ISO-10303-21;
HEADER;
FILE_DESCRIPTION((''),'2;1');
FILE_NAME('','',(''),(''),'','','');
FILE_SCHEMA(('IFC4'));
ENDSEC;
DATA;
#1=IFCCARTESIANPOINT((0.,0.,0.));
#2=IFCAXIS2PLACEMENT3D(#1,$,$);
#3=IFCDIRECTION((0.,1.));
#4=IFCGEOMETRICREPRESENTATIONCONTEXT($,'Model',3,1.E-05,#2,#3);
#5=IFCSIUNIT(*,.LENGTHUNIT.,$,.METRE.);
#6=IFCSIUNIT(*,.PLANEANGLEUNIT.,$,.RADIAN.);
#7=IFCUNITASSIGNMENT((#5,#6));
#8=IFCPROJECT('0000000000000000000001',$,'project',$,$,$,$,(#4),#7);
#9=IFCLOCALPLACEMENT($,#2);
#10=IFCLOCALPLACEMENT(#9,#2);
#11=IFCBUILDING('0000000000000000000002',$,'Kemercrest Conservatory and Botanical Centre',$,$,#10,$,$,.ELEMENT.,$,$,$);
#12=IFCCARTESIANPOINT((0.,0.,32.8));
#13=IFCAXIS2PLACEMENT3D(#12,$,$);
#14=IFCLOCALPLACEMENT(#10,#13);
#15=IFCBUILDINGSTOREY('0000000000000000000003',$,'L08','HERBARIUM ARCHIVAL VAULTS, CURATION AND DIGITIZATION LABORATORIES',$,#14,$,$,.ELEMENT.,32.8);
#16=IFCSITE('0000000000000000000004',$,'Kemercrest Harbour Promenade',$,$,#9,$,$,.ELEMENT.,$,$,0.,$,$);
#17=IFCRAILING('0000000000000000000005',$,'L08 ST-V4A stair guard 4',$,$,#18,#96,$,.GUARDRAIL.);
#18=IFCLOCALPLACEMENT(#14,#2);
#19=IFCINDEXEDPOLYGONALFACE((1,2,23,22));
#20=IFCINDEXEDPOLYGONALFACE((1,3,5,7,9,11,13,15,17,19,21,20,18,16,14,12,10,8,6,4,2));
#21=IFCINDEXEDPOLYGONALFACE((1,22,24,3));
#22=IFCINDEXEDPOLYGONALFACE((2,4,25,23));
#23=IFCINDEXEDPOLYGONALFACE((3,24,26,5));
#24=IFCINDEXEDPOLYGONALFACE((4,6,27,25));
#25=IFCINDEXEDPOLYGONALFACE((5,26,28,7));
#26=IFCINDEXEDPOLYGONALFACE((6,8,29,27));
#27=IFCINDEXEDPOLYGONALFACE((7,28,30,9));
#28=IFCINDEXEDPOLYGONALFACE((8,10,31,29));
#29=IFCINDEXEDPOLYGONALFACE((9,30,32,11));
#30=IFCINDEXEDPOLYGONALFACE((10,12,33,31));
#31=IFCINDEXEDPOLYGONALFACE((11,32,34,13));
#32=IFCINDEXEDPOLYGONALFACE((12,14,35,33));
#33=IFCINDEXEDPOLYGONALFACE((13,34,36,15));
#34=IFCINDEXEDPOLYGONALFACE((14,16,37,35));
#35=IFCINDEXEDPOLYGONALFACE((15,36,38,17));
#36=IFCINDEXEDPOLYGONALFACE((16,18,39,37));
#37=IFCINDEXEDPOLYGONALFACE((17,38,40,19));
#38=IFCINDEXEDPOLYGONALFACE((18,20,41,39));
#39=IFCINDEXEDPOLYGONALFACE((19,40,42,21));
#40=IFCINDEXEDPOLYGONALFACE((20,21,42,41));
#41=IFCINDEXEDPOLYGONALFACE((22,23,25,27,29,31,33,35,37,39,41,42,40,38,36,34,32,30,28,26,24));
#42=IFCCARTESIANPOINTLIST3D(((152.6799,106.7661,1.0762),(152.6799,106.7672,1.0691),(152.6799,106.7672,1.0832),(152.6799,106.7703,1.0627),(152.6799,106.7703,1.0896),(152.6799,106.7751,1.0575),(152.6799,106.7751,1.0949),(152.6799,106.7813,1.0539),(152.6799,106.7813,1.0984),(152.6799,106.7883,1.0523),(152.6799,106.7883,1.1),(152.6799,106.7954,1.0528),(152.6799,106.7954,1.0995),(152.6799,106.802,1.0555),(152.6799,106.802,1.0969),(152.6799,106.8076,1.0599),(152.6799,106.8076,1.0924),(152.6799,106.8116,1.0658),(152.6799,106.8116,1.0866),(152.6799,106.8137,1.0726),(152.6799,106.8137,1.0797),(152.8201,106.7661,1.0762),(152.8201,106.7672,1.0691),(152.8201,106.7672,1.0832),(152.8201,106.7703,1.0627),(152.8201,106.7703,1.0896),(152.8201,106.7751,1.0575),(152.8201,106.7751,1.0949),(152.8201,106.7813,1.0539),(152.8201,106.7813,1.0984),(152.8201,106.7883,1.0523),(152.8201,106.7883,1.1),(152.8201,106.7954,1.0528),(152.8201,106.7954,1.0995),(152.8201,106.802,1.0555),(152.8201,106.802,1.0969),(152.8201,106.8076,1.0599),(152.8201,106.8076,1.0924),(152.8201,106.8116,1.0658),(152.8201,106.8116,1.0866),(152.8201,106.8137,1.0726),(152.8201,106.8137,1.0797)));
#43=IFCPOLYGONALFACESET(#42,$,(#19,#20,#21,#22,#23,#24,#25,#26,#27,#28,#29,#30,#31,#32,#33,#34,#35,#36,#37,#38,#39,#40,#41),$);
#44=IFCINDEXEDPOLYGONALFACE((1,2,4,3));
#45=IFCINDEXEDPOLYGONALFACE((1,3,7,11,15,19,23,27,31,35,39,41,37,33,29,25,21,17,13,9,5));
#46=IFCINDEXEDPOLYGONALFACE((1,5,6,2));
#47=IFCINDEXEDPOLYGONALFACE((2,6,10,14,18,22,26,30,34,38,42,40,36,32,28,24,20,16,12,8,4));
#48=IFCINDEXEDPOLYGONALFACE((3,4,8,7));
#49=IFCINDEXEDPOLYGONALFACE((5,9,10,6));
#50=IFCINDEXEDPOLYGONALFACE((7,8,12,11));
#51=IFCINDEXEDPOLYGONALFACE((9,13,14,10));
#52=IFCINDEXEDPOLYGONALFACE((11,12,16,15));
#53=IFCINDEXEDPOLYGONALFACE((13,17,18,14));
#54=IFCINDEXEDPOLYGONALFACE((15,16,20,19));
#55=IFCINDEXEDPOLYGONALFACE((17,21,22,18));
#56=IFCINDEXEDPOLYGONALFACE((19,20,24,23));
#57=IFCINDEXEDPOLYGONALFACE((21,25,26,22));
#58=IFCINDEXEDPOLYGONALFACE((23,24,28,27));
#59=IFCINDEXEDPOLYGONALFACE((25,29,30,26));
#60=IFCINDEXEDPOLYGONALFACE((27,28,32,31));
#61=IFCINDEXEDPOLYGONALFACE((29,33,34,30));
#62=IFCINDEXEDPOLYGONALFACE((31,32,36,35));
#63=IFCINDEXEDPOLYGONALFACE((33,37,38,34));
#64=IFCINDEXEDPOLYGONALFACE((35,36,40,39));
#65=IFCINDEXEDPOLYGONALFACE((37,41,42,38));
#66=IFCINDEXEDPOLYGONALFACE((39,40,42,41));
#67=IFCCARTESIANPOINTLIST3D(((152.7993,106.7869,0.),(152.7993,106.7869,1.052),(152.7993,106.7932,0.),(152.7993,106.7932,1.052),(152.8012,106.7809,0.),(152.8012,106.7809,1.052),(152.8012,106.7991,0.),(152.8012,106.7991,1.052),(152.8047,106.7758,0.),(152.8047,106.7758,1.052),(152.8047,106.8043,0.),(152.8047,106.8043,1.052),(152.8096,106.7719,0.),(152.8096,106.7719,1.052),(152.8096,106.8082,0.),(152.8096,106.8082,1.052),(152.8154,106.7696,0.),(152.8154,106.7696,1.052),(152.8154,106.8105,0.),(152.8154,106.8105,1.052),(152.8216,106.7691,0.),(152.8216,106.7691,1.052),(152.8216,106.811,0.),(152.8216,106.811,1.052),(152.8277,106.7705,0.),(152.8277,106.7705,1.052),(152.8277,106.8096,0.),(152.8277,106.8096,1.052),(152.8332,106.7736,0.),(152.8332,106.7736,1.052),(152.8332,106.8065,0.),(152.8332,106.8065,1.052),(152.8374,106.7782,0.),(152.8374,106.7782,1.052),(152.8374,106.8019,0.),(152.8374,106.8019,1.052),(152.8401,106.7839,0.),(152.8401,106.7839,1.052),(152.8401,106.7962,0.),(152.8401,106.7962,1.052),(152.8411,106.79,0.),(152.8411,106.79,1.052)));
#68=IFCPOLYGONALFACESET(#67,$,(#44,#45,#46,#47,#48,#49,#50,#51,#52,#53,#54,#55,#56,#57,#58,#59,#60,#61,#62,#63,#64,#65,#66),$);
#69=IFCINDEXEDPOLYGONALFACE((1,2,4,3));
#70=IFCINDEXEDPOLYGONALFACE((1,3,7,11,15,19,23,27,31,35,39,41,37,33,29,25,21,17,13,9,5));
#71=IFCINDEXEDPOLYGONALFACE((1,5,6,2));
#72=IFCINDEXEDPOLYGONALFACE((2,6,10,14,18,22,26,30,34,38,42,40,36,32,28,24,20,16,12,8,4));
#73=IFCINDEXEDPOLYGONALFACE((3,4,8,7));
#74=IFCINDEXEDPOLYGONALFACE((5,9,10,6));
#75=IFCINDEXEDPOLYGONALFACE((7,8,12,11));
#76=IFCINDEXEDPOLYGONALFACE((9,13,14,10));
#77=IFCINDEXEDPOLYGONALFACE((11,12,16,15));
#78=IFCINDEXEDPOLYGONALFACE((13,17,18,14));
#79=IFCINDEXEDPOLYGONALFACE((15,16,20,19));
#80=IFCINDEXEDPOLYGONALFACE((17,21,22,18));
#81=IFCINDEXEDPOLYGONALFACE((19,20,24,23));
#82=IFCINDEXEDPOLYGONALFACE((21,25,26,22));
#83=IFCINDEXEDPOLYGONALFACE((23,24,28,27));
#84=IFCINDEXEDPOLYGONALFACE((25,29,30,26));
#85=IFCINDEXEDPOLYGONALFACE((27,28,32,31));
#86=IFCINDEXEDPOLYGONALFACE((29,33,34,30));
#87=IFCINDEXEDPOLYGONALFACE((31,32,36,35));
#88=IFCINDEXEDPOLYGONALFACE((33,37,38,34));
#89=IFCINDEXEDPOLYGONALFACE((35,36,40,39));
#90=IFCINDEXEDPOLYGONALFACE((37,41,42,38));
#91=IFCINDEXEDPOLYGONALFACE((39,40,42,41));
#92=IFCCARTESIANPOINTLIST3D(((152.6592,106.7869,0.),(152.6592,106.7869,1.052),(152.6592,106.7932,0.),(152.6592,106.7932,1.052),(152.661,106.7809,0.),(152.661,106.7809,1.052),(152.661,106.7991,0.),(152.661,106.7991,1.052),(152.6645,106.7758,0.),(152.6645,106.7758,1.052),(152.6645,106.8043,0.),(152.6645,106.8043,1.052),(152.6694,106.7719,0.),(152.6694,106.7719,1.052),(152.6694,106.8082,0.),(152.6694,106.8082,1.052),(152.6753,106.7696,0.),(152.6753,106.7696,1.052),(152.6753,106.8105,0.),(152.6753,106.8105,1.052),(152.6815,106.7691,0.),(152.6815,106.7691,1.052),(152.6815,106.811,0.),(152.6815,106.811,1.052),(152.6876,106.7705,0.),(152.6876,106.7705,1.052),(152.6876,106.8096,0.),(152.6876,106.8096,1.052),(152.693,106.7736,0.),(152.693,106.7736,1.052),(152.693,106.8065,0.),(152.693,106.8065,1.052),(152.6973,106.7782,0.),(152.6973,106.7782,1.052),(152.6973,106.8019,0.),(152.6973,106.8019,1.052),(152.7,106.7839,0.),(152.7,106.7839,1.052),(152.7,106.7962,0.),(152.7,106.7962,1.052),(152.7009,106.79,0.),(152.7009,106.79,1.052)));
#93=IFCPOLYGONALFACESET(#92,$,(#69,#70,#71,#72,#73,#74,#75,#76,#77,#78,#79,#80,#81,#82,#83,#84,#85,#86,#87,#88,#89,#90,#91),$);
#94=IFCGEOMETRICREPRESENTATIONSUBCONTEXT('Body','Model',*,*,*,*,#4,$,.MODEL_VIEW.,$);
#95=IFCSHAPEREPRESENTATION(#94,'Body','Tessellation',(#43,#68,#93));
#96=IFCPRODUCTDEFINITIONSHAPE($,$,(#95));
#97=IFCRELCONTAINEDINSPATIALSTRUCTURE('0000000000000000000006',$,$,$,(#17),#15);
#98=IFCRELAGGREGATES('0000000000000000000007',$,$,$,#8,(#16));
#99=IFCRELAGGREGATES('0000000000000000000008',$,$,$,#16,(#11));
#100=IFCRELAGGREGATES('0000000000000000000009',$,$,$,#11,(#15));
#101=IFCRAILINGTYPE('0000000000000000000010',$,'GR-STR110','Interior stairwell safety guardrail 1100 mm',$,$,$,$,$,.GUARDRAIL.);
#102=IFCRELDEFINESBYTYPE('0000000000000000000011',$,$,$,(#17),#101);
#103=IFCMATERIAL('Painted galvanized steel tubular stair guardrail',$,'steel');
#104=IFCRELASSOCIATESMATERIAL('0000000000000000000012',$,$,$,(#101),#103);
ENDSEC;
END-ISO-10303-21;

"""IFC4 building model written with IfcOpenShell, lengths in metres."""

from ifc_helpers import new_model, si_unit, direction, frame, origin, origin_2d, place, context, subcontext, project, spatial, circle, extrude, material, type_object, element, save


model = new_model("IFC4")

# Units and contexts
model_context = context("Model", 3, precision=1e-05, world=origin(), true_north=direction((0.0, 1.0)))
body_context = subcontext(model_context, "Body", "Model", "MODEL_VIEW")
ifc_project = project(units=[si_unit("LENGTHUNIT", "METRE"), si_unit("PLANEANGLEUNIT", "RADIAN")], contexts=[model_context])

# Site, building, storey
site_placement = place(None, origin())
site = spatial("IfcSite", under=ifc_project, at=site_placement, Name="Kemercrest Harbour Promenade", CompositionType="ELEMENT", RefElevation=0.0)
building_placement = place(site_placement, origin())
building = spatial("IfcBuilding", under=site, at=building_placement, Name="Kemercrest Conservatory and Botanical Centre", CompositionType="ELEMENT")
storey_placement = place(building_placement, frame((0.0, 0.0, 32.8)))
storey = spatial("IfcBuildingStorey", under=building, at=storey_placement, Name="L08", Description="HERBARIUM ARCHIVAL VAULTS, CURATION AND DIGITIZATION LABORATORIES", CompositionType="ELEMENT", Elevation=32.8)

# Railing
ifc_material_1 = material(Name="Painted galvanized steel tubular stair guardrail", Category="steel")
railing_type_1 = type_object("IfcRailingType", Name="GR-STR110", Description="Interior stairwell safety guardrail 1100 mm", PredefinedType="GUARDRAIL", material=ifc_material_1)
railing_1_placement = place(storey_placement, frame((152.8201, 106.79, 0.0)))
element("IfcRailing", 1, at=railing_1_placement, inside=storey, type_object=railing_type_1, Name="L08 ST-V4A stair guard 4", PredefinedType="GUARDRAIL", context=body_context, shape_type="SweptSolid", body=[
    extrude(circle(Radius=0.0239, at=origin_2d()), frame((0.0, 0.0, 1.0762), z_axis=(-1.0, 0.0, 0.0), x_axis=(0.0, -1.0, 0.0)), (0.0, 0.0, 1.0), 0.1401),
    extrude(circle(Radius=0.021, at=origin_2d()), origin(), (0.0, 0.0, 1.0), 1.052),
    extrude(circle(Radius=0.021, at=origin_2d()), frame((-0.1401, 0.0, 0.0)), (0.0, 0.0, 1.0), 1.052),
])

save(model, "model.ifc")
